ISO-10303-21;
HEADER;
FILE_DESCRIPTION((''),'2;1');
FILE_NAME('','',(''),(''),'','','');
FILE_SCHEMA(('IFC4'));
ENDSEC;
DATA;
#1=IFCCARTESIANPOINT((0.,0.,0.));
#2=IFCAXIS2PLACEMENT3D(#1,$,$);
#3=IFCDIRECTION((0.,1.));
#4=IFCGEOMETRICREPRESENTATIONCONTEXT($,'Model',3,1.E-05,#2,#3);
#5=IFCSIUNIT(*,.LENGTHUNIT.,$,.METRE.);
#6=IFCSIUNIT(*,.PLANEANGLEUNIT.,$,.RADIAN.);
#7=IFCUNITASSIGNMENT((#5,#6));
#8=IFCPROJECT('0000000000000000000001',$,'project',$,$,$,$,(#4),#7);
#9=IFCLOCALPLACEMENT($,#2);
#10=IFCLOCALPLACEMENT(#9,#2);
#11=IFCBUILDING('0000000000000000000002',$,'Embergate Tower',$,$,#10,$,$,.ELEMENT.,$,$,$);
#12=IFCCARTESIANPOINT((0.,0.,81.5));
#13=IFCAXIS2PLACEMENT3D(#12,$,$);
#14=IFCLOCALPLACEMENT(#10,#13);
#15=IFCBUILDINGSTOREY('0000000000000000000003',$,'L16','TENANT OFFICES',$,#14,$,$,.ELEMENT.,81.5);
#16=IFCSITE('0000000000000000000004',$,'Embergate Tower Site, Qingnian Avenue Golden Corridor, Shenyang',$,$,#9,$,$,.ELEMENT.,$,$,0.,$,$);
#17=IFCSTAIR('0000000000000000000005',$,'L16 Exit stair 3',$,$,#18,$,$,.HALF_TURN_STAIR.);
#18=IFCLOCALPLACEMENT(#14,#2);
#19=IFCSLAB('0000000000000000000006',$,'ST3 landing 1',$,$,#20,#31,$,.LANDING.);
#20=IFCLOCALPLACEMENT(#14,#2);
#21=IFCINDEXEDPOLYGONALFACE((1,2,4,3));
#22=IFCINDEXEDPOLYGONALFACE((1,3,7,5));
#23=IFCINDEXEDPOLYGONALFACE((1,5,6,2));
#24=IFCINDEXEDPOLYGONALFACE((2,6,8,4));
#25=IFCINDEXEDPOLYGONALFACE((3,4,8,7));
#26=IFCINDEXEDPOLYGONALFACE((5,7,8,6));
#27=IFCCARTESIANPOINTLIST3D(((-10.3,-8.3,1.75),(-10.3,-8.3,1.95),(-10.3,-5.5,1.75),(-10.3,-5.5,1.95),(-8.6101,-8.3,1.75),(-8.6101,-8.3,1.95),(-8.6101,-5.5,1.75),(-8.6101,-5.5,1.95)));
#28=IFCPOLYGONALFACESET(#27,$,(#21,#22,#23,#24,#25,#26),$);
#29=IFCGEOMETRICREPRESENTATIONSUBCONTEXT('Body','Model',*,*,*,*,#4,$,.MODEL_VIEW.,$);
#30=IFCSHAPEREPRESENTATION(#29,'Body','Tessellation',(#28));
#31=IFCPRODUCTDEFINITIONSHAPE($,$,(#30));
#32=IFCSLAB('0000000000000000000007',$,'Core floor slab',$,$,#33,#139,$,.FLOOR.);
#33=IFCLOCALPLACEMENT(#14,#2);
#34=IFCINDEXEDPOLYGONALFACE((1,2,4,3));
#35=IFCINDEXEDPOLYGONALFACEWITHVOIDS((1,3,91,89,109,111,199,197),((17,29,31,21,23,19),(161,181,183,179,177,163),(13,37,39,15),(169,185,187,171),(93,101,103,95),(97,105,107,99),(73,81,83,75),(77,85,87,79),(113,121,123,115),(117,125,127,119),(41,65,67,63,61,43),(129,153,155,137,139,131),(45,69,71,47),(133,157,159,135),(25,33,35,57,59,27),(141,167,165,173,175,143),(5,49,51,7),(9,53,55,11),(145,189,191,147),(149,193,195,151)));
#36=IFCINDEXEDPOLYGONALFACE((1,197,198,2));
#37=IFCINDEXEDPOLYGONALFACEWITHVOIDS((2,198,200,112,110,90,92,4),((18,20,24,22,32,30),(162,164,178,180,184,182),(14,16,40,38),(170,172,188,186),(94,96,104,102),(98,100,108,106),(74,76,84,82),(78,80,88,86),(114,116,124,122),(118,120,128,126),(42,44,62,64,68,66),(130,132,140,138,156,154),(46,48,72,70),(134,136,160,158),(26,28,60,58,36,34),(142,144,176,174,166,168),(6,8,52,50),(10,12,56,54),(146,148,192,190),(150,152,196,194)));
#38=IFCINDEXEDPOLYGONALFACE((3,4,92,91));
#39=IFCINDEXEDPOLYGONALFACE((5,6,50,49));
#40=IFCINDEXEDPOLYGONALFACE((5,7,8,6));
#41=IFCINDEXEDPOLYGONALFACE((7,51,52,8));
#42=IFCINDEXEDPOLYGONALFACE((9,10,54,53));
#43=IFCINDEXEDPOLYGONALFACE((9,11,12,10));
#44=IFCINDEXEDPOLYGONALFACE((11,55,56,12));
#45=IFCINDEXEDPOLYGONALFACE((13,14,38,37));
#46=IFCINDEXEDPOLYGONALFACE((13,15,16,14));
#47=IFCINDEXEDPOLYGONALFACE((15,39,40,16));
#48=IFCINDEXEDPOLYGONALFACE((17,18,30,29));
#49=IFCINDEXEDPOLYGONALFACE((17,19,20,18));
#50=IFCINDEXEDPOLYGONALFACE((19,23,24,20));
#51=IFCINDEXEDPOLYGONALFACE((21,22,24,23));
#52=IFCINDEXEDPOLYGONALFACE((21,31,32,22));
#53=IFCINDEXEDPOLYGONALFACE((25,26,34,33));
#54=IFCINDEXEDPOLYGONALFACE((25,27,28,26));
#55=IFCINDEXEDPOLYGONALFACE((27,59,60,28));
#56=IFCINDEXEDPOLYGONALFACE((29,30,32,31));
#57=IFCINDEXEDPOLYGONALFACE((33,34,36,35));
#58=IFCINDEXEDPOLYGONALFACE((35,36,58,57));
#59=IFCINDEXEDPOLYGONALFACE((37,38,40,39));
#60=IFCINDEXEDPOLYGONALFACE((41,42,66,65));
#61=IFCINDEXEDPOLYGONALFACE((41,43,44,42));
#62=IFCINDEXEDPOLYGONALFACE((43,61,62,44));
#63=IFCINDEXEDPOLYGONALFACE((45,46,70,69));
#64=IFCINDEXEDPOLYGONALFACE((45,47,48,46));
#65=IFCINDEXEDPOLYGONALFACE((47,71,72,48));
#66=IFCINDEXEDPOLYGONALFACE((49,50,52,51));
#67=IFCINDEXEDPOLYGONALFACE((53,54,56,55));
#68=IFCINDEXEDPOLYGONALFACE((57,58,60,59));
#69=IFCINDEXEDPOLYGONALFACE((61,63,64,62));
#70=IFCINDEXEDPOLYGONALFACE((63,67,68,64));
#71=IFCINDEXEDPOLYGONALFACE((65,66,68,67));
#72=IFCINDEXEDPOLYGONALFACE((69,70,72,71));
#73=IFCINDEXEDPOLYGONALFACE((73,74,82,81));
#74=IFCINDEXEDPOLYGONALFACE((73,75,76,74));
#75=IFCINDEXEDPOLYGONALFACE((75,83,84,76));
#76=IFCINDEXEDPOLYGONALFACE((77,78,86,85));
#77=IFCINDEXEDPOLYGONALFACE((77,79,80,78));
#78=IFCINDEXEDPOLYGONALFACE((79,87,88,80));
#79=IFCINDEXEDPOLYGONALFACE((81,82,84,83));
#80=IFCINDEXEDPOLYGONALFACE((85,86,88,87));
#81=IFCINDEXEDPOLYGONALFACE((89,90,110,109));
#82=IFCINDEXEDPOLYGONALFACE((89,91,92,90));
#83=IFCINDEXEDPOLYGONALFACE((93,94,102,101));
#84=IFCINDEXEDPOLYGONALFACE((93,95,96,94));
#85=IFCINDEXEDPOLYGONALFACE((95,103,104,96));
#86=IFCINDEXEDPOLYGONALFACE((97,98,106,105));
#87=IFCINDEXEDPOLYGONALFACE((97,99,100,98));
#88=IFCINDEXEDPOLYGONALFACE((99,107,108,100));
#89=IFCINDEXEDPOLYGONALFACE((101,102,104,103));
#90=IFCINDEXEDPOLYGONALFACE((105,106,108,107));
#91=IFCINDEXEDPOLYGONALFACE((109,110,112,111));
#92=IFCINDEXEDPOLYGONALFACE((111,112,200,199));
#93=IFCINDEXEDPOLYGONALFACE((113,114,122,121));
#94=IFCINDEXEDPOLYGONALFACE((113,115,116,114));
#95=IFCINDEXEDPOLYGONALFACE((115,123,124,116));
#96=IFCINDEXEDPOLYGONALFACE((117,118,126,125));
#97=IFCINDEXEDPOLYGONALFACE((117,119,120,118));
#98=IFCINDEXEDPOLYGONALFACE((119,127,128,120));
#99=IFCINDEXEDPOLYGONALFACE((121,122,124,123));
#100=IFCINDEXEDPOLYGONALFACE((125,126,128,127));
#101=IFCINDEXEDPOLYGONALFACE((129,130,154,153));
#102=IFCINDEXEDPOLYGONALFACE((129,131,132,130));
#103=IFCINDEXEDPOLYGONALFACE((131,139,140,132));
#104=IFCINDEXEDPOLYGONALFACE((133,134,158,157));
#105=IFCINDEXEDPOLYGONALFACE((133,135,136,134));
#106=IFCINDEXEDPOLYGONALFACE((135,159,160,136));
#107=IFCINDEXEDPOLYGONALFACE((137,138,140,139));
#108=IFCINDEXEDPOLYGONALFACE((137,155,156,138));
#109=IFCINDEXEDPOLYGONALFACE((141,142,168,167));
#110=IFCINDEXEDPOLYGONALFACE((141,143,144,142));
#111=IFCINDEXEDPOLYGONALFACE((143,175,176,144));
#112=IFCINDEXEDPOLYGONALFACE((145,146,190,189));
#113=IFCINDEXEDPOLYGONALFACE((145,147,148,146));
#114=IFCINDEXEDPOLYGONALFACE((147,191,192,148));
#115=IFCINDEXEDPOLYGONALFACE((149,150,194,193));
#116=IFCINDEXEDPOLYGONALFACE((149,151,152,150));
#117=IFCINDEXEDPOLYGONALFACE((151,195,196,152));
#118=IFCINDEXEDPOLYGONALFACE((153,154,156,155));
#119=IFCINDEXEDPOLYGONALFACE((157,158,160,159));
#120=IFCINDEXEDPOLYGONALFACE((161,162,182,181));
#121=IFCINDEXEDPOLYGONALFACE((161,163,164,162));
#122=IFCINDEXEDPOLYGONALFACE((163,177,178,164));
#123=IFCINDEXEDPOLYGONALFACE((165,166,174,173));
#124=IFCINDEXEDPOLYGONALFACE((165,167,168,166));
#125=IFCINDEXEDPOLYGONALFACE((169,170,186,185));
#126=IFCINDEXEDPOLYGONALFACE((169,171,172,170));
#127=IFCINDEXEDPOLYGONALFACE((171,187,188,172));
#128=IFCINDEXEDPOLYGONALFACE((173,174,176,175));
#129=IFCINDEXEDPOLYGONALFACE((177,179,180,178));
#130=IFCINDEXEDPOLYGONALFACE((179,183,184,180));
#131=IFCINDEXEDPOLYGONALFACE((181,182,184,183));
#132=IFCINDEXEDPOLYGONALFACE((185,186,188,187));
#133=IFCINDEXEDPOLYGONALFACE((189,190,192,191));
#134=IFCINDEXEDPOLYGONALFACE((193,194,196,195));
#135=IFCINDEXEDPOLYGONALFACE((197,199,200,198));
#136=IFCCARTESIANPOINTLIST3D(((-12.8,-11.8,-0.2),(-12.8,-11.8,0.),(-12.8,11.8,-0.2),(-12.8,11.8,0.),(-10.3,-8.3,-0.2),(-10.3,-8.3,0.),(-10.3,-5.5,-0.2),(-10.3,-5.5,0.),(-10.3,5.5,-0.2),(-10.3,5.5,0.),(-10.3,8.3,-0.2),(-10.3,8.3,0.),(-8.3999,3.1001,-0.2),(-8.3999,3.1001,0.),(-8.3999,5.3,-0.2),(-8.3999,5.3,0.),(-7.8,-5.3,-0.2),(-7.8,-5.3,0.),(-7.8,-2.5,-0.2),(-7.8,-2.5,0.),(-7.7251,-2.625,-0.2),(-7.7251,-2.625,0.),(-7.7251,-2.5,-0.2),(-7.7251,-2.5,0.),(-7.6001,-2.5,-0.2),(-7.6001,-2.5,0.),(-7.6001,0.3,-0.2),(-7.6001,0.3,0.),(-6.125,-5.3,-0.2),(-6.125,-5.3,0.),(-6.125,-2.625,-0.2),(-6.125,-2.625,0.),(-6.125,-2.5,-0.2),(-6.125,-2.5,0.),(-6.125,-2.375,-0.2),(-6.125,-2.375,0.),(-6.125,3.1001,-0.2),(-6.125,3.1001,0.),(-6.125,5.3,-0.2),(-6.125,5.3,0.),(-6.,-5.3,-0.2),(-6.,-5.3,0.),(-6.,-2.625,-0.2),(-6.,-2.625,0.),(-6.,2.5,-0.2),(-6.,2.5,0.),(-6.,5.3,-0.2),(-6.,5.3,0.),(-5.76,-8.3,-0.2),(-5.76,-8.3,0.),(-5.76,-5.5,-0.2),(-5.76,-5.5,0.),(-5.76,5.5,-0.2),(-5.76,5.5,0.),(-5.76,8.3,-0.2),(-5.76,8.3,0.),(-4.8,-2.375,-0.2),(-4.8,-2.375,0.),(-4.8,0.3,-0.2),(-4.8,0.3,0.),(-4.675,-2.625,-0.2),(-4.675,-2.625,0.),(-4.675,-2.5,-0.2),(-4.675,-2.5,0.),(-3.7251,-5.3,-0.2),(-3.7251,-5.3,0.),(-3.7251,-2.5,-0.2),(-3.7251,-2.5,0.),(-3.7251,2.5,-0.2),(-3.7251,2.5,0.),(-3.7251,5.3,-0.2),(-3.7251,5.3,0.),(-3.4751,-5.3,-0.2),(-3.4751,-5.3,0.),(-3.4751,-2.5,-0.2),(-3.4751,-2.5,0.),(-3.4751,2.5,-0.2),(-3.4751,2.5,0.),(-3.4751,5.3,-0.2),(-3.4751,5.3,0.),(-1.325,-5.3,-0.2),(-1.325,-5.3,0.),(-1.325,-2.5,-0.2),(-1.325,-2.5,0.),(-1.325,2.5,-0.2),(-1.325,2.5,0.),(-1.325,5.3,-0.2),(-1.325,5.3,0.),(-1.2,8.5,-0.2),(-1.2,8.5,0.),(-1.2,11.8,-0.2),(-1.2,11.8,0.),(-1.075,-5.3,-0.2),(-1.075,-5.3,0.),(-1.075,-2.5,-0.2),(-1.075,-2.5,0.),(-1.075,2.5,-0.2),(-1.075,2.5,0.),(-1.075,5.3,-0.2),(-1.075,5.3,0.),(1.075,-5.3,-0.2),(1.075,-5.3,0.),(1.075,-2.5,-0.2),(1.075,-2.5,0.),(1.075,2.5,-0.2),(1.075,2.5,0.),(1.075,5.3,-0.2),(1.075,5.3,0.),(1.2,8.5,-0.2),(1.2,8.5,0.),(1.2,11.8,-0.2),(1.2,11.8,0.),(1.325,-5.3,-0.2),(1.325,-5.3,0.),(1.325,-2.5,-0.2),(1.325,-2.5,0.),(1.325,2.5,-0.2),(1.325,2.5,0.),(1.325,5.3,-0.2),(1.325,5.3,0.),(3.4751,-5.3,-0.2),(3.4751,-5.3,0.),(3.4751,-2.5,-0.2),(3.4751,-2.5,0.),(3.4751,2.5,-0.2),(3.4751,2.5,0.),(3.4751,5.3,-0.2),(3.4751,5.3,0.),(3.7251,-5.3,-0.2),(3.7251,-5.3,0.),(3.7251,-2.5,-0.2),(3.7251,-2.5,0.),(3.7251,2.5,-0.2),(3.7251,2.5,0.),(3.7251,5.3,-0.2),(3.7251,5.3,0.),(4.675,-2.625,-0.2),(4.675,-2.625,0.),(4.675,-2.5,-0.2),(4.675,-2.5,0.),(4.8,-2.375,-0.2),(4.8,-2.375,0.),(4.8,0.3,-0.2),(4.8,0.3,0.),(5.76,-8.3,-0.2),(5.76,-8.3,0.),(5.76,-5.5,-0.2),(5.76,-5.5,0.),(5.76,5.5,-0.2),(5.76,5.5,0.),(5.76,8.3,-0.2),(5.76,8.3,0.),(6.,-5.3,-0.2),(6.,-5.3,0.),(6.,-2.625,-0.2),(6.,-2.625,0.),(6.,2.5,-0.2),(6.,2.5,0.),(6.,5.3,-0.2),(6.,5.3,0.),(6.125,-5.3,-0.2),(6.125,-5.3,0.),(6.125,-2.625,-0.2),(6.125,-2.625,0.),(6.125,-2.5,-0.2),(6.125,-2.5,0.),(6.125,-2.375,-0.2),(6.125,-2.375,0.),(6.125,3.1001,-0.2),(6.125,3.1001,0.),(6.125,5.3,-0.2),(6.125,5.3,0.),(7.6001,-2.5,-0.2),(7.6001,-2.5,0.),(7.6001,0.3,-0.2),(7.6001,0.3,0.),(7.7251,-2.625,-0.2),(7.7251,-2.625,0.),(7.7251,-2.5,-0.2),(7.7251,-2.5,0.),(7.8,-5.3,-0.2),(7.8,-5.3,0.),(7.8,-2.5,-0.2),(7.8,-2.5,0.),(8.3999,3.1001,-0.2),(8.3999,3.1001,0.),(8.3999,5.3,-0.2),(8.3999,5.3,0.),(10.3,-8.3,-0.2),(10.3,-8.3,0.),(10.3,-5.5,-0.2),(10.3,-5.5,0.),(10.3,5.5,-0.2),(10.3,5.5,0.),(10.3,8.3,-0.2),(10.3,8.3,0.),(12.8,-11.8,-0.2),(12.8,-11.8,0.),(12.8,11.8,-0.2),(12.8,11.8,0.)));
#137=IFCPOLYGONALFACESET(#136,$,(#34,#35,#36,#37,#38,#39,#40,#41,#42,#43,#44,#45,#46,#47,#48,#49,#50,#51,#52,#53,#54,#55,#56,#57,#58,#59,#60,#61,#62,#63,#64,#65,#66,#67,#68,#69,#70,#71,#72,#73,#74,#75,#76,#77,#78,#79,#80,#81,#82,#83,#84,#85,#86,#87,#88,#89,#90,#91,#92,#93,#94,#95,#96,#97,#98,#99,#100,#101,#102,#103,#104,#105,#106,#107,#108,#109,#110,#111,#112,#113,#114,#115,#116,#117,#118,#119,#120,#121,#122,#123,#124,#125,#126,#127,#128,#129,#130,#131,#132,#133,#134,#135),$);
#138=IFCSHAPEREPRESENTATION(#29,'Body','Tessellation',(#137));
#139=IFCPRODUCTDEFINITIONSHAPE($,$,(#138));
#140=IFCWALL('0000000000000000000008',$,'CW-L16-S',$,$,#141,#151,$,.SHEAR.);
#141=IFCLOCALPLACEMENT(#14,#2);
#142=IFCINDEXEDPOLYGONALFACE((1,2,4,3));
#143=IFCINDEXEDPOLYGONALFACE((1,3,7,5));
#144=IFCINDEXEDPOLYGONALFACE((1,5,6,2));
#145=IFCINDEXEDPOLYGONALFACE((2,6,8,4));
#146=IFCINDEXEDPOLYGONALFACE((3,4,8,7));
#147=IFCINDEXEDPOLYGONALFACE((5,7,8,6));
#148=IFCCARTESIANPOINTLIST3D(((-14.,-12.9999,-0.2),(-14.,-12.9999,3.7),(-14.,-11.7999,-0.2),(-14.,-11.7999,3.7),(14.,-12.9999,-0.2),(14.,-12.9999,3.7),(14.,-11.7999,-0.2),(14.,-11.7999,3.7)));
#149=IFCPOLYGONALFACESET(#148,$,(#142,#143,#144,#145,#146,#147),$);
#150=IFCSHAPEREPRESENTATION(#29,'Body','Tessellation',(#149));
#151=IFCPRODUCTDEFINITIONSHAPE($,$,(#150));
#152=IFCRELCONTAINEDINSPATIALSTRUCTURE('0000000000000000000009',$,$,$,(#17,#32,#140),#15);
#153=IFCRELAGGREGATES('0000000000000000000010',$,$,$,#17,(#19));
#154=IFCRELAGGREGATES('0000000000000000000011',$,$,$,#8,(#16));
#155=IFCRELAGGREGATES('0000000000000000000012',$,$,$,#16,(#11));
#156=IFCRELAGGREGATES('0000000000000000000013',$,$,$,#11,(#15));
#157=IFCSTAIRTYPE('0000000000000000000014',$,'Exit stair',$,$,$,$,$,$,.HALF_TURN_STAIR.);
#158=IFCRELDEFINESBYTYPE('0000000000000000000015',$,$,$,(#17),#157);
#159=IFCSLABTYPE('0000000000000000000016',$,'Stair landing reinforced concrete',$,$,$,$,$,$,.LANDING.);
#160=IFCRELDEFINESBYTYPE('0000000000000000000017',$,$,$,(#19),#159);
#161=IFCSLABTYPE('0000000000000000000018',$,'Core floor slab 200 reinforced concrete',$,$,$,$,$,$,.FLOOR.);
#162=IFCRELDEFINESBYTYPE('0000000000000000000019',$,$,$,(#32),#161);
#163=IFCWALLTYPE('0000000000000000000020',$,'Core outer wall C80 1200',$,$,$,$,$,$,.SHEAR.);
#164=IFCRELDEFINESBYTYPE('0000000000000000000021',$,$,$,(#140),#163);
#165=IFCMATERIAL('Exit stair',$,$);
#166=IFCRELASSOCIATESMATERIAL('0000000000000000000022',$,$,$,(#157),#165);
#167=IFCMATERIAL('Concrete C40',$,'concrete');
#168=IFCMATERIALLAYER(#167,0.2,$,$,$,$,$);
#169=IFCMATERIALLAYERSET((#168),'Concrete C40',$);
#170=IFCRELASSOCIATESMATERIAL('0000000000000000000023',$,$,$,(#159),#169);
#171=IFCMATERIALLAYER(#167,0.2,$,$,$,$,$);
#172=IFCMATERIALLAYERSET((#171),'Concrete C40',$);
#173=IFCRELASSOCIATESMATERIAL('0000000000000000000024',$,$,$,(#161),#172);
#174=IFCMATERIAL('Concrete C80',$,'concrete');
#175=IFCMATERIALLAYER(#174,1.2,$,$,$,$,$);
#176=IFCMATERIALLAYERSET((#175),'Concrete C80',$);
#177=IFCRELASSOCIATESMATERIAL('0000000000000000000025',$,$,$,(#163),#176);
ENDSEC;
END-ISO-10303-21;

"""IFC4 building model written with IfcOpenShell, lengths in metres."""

from ifc_helpers import new_model, si_unit, direction, frame, frame_2d, origin, place, context, subcontext, project, spatial, polyline, rectangle, outline, extrude, source, transform, mapped, material, layer, layer_set, type_object, element, aggregate, save


model = new_model("IFC4")

# Units and contexts
model_context = context("Model", 3, precision=1e-05, world=origin(), true_north=direction((0.0, 1.0)))
body_context = subcontext(model_context, "Body", "Model", "MODEL_VIEW")
ifc_project = project(units=[si_unit("LENGTHUNIT", "METRE"), si_unit("PLANEANGLEUNIT", "RADIAN")], contexts=[model_context])

# Site, building, storey
site_placement = place(None, origin())
site = spatial("IfcSite", under=ifc_project, at=site_placement, Name="Embergate Tower Site, Qingnian Avenue Golden Corridor, Shenyang", CompositionType="ELEMENT", RefElevation=0.0)
building_placement = place(site_placement, origin())
building = spatial("IfcBuilding", under=site, at=building_placement, Name="Embergate Tower", CompositionType="ELEMENT")
storey_placement = place(building_placement, frame((0.0, 0.0, 81.5)))
storey = spatial("IfcBuildingStorey", under=building, at=storey_placement, Name="L16", Description="TENANT OFFICES", CompositionType="ELEMENT", Elevation=81.5)

# Stair, slab
ifc_material_1 = material(Name="Exit stair")
stair_type = type_object("IfcStairType", Name="Exit stair", PredefinedType="HALF_TURN_STAIR", material=ifc_material_1)
stair_placement = place(storey_placement, origin())
stair = element("IfcStair", 1, at=stair_placement, inside=storey, type_object=stair_type, Name="L16 Exit stair 3", PredefinedType="HALF_TURN_STAIR")
ifc_material_2 = material(Name="Concrete C40", Category="concrete")
ifc_layer_1 = layer(ifc_material_2, 0.2)
ifc_layer_set_1 = layer_set([ifc_layer_1], Name="Concrete C40")
slab_type_1 = type_object("IfcSlabType", Name="Stair landing reinforced concrete", PredefinedType="LANDING", material=ifc_layer_set_1)
shared_shape_1 = source(origin(), body_context, "Body", "SweptSolid", [
    extrude(outline(polyline([(0.0, 0.0), (1.6899, 0.0), (1.6899, 2.8), (0.0, 2.8), (0.0, 0.0)])), origin(), (0.0, 0.0, 1.0), 0.2),
])
slab_1_placement = place(storey_placement, frame((-10.3, -8.3, 1.75)))
slab_1 = element("IfcSlab", 2, at=slab_1_placement, type_object=slab_type_1, Name="ST3 landing 1", PredefinedType="LANDING", context=body_context, shape_type="MappedRepresentation", body=[
    mapped(shared_shape_1, transform((0.0, 0.0, 0.0))),
])

# Slab
ifc_layer_2 = layer(ifc_material_2, 0.2)
ifc_layer_set_2 = layer_set([ifc_layer_2], Name="Concrete C40")
slab_type_2 = type_object("IfcSlabType", Name="Core floor slab 200 reinforced concrete", PredefinedType="FLOOR", material=ifc_layer_set_2)
shared_shape_2 = source(origin(), body_context, "Body", "SweptSolid", [
    extrude(outline(polyline([(0.0, 0.0), (25.6001, 0.0), (25.6001, 23.6001), (14.0, 23.6001), (14.0, 20.3), (11.6001, 20.3), (11.6001, 23.6001), (0.0, 23.6001), (0.0, 0.0)]), holes=[polyline([(2.5, 3.5), (2.5, 6.3), (7.04, 6.3), (7.04, 3.5), (2.5, 3.5)]), polyline([(18.5601, 3.5), (18.5601, 6.3), (23.1001, 6.3), (23.1001, 3.5), (18.5601, 3.5)]), polyline([(5.0, 6.5), (5.0, 9.3), (5.075, 9.3), (5.075, 9.175), (6.675, 9.175), (6.675, 6.5), (5.0, 6.5)]), polyline([(6.8, 6.5), (6.8, 9.175), (8.125, 9.175), (8.125, 9.3), (9.075, 9.3), (9.075, 6.5), (6.8, 6.5)]), polyline([(9.325, 6.5), (9.325, 9.3), (11.4751, 9.3), (11.4751, 6.5), (9.325, 6.5)]), polyline([(11.7251, 6.5), (11.7251, 9.3), (13.875, 9.3), (13.875, 6.5), (11.7251, 6.5)]), polyline([(14.125, 6.5), (14.125, 9.3), (16.2751, 9.3), (16.2751, 6.5), (14.125, 6.5)]), polyline([(16.5251, 6.5), (16.5251, 9.3), (17.4751, 9.3), (17.4751, 9.175), (18.8, 9.175), (18.8, 6.5), (16.5251, 6.5)]), polyline([(18.925, 6.5), (18.925, 9.175), (20.5251, 9.175), (20.5251, 9.3), (20.6001, 9.3), (20.6001, 6.5), (18.925, 6.5)]), polyline([(5.2, 9.3), (5.2, 12.1001), (8.0, 12.1001), (8.0, 9.425), (6.675, 9.425), (6.675, 9.3), (5.2, 9.3)]), polyline([(18.925, 9.3), (18.925, 9.425), (17.6001, 9.425), (17.6001, 12.1001), (20.4001, 12.1001), (20.4001, 9.3), (18.925, 9.3)]), polyline([(6.8, 14.3), (6.8, 17.1001), (9.075, 17.1001), (9.075, 14.3), (6.8, 14.3)]), polyline([(9.325, 14.3), (9.325, 17.1001), (11.4751, 17.1001), (11.4751, 14.3), (9.325, 14.3)]), polyline([(11.7251, 14.3), (11.7251, 17.1001), (13.875, 17.1001), (13.875, 14.3), (11.7251, 14.3)]), polyline([(14.125, 14.3), (14.125, 17.1001), (16.2751, 17.1001), (16.2751, 14.3), (14.125, 14.3)]), polyline([(16.5251, 14.3), (16.5251, 17.1001), (18.8, 17.1001), (18.8, 14.3), (16.5251, 14.3)]), polyline([(4.4001, 14.9001), (4.4001, 17.1001), (6.675, 17.1001), (6.675, 14.9001), (4.4001, 14.9001)]), polyline([(18.925, 14.9001), (18.925, 17.1001), (21.2, 17.1001), (21.2, 14.9001), (18.925, 14.9001)]), polyline([(2.5, 17.3), (2.5, 20.1001), (7.04, 20.1001), (7.04, 17.3), (2.5, 17.3)]), polyline([(18.5601, 17.3), (18.5601, 20.1001), (23.1001, 20.1001), (23.1001, 17.3), (18.5601, 17.3)])]), origin(), (0.0, 0.0, 1.0), 0.2),
])
slab_2_placement = place(storey_placement, frame((-12.8, -11.8, -0.2)))
element("IfcSlab", 3, at=slab_2_placement, inside=storey, type_object=slab_type_2, Name="Core floor slab", PredefinedType="FLOOR", context=body_context, shape_type="MappedRepresentation", body=[
    mapped(shared_shape_2, transform((0.0, 0.0, 0.0))),
])

# Wall
ifc_material_3 = material(Name="Concrete C80", Category="concrete")
ifc_layer_3 = layer(ifc_material_3, 1.2)
ifc_layer_set_3 = layer_set([ifc_layer_3], Name="Concrete C80")
wall_type_1 = type_object("IfcWallType", Name="Core outer wall C80 1200", PredefinedType="SHEAR", material=ifc_layer_set_3)
shared_shape_3 = source(origin(), body_context, "Body", "SweptSolid", [
    extrude(rectangle(XDim=28.0, YDim=1.2, at=frame_2d((14.0, 0.0))), origin(), (0.0, 0.0, 1.0), 3.8999),
])
wall_1_placement = place(storey_placement, frame((-14.0, -12.3999, -0.2), z_axis=(0.0, 0.0, 1.0), x_axis=(1.0, 0.0, 0.0)))
element("IfcWall", 4, at=wall_1_placement, inside=storey, type_object=wall_type_1, Name="CW-L16-S", PredefinedType="SHEAR", context=body_context, shape_type="MappedRepresentation", body=[
    mapped(shared_shape_3, transform((0.0, 0.0, 0.0))),
])

aggregate(stair, [slab_1])

save(model, "model.ifc")
